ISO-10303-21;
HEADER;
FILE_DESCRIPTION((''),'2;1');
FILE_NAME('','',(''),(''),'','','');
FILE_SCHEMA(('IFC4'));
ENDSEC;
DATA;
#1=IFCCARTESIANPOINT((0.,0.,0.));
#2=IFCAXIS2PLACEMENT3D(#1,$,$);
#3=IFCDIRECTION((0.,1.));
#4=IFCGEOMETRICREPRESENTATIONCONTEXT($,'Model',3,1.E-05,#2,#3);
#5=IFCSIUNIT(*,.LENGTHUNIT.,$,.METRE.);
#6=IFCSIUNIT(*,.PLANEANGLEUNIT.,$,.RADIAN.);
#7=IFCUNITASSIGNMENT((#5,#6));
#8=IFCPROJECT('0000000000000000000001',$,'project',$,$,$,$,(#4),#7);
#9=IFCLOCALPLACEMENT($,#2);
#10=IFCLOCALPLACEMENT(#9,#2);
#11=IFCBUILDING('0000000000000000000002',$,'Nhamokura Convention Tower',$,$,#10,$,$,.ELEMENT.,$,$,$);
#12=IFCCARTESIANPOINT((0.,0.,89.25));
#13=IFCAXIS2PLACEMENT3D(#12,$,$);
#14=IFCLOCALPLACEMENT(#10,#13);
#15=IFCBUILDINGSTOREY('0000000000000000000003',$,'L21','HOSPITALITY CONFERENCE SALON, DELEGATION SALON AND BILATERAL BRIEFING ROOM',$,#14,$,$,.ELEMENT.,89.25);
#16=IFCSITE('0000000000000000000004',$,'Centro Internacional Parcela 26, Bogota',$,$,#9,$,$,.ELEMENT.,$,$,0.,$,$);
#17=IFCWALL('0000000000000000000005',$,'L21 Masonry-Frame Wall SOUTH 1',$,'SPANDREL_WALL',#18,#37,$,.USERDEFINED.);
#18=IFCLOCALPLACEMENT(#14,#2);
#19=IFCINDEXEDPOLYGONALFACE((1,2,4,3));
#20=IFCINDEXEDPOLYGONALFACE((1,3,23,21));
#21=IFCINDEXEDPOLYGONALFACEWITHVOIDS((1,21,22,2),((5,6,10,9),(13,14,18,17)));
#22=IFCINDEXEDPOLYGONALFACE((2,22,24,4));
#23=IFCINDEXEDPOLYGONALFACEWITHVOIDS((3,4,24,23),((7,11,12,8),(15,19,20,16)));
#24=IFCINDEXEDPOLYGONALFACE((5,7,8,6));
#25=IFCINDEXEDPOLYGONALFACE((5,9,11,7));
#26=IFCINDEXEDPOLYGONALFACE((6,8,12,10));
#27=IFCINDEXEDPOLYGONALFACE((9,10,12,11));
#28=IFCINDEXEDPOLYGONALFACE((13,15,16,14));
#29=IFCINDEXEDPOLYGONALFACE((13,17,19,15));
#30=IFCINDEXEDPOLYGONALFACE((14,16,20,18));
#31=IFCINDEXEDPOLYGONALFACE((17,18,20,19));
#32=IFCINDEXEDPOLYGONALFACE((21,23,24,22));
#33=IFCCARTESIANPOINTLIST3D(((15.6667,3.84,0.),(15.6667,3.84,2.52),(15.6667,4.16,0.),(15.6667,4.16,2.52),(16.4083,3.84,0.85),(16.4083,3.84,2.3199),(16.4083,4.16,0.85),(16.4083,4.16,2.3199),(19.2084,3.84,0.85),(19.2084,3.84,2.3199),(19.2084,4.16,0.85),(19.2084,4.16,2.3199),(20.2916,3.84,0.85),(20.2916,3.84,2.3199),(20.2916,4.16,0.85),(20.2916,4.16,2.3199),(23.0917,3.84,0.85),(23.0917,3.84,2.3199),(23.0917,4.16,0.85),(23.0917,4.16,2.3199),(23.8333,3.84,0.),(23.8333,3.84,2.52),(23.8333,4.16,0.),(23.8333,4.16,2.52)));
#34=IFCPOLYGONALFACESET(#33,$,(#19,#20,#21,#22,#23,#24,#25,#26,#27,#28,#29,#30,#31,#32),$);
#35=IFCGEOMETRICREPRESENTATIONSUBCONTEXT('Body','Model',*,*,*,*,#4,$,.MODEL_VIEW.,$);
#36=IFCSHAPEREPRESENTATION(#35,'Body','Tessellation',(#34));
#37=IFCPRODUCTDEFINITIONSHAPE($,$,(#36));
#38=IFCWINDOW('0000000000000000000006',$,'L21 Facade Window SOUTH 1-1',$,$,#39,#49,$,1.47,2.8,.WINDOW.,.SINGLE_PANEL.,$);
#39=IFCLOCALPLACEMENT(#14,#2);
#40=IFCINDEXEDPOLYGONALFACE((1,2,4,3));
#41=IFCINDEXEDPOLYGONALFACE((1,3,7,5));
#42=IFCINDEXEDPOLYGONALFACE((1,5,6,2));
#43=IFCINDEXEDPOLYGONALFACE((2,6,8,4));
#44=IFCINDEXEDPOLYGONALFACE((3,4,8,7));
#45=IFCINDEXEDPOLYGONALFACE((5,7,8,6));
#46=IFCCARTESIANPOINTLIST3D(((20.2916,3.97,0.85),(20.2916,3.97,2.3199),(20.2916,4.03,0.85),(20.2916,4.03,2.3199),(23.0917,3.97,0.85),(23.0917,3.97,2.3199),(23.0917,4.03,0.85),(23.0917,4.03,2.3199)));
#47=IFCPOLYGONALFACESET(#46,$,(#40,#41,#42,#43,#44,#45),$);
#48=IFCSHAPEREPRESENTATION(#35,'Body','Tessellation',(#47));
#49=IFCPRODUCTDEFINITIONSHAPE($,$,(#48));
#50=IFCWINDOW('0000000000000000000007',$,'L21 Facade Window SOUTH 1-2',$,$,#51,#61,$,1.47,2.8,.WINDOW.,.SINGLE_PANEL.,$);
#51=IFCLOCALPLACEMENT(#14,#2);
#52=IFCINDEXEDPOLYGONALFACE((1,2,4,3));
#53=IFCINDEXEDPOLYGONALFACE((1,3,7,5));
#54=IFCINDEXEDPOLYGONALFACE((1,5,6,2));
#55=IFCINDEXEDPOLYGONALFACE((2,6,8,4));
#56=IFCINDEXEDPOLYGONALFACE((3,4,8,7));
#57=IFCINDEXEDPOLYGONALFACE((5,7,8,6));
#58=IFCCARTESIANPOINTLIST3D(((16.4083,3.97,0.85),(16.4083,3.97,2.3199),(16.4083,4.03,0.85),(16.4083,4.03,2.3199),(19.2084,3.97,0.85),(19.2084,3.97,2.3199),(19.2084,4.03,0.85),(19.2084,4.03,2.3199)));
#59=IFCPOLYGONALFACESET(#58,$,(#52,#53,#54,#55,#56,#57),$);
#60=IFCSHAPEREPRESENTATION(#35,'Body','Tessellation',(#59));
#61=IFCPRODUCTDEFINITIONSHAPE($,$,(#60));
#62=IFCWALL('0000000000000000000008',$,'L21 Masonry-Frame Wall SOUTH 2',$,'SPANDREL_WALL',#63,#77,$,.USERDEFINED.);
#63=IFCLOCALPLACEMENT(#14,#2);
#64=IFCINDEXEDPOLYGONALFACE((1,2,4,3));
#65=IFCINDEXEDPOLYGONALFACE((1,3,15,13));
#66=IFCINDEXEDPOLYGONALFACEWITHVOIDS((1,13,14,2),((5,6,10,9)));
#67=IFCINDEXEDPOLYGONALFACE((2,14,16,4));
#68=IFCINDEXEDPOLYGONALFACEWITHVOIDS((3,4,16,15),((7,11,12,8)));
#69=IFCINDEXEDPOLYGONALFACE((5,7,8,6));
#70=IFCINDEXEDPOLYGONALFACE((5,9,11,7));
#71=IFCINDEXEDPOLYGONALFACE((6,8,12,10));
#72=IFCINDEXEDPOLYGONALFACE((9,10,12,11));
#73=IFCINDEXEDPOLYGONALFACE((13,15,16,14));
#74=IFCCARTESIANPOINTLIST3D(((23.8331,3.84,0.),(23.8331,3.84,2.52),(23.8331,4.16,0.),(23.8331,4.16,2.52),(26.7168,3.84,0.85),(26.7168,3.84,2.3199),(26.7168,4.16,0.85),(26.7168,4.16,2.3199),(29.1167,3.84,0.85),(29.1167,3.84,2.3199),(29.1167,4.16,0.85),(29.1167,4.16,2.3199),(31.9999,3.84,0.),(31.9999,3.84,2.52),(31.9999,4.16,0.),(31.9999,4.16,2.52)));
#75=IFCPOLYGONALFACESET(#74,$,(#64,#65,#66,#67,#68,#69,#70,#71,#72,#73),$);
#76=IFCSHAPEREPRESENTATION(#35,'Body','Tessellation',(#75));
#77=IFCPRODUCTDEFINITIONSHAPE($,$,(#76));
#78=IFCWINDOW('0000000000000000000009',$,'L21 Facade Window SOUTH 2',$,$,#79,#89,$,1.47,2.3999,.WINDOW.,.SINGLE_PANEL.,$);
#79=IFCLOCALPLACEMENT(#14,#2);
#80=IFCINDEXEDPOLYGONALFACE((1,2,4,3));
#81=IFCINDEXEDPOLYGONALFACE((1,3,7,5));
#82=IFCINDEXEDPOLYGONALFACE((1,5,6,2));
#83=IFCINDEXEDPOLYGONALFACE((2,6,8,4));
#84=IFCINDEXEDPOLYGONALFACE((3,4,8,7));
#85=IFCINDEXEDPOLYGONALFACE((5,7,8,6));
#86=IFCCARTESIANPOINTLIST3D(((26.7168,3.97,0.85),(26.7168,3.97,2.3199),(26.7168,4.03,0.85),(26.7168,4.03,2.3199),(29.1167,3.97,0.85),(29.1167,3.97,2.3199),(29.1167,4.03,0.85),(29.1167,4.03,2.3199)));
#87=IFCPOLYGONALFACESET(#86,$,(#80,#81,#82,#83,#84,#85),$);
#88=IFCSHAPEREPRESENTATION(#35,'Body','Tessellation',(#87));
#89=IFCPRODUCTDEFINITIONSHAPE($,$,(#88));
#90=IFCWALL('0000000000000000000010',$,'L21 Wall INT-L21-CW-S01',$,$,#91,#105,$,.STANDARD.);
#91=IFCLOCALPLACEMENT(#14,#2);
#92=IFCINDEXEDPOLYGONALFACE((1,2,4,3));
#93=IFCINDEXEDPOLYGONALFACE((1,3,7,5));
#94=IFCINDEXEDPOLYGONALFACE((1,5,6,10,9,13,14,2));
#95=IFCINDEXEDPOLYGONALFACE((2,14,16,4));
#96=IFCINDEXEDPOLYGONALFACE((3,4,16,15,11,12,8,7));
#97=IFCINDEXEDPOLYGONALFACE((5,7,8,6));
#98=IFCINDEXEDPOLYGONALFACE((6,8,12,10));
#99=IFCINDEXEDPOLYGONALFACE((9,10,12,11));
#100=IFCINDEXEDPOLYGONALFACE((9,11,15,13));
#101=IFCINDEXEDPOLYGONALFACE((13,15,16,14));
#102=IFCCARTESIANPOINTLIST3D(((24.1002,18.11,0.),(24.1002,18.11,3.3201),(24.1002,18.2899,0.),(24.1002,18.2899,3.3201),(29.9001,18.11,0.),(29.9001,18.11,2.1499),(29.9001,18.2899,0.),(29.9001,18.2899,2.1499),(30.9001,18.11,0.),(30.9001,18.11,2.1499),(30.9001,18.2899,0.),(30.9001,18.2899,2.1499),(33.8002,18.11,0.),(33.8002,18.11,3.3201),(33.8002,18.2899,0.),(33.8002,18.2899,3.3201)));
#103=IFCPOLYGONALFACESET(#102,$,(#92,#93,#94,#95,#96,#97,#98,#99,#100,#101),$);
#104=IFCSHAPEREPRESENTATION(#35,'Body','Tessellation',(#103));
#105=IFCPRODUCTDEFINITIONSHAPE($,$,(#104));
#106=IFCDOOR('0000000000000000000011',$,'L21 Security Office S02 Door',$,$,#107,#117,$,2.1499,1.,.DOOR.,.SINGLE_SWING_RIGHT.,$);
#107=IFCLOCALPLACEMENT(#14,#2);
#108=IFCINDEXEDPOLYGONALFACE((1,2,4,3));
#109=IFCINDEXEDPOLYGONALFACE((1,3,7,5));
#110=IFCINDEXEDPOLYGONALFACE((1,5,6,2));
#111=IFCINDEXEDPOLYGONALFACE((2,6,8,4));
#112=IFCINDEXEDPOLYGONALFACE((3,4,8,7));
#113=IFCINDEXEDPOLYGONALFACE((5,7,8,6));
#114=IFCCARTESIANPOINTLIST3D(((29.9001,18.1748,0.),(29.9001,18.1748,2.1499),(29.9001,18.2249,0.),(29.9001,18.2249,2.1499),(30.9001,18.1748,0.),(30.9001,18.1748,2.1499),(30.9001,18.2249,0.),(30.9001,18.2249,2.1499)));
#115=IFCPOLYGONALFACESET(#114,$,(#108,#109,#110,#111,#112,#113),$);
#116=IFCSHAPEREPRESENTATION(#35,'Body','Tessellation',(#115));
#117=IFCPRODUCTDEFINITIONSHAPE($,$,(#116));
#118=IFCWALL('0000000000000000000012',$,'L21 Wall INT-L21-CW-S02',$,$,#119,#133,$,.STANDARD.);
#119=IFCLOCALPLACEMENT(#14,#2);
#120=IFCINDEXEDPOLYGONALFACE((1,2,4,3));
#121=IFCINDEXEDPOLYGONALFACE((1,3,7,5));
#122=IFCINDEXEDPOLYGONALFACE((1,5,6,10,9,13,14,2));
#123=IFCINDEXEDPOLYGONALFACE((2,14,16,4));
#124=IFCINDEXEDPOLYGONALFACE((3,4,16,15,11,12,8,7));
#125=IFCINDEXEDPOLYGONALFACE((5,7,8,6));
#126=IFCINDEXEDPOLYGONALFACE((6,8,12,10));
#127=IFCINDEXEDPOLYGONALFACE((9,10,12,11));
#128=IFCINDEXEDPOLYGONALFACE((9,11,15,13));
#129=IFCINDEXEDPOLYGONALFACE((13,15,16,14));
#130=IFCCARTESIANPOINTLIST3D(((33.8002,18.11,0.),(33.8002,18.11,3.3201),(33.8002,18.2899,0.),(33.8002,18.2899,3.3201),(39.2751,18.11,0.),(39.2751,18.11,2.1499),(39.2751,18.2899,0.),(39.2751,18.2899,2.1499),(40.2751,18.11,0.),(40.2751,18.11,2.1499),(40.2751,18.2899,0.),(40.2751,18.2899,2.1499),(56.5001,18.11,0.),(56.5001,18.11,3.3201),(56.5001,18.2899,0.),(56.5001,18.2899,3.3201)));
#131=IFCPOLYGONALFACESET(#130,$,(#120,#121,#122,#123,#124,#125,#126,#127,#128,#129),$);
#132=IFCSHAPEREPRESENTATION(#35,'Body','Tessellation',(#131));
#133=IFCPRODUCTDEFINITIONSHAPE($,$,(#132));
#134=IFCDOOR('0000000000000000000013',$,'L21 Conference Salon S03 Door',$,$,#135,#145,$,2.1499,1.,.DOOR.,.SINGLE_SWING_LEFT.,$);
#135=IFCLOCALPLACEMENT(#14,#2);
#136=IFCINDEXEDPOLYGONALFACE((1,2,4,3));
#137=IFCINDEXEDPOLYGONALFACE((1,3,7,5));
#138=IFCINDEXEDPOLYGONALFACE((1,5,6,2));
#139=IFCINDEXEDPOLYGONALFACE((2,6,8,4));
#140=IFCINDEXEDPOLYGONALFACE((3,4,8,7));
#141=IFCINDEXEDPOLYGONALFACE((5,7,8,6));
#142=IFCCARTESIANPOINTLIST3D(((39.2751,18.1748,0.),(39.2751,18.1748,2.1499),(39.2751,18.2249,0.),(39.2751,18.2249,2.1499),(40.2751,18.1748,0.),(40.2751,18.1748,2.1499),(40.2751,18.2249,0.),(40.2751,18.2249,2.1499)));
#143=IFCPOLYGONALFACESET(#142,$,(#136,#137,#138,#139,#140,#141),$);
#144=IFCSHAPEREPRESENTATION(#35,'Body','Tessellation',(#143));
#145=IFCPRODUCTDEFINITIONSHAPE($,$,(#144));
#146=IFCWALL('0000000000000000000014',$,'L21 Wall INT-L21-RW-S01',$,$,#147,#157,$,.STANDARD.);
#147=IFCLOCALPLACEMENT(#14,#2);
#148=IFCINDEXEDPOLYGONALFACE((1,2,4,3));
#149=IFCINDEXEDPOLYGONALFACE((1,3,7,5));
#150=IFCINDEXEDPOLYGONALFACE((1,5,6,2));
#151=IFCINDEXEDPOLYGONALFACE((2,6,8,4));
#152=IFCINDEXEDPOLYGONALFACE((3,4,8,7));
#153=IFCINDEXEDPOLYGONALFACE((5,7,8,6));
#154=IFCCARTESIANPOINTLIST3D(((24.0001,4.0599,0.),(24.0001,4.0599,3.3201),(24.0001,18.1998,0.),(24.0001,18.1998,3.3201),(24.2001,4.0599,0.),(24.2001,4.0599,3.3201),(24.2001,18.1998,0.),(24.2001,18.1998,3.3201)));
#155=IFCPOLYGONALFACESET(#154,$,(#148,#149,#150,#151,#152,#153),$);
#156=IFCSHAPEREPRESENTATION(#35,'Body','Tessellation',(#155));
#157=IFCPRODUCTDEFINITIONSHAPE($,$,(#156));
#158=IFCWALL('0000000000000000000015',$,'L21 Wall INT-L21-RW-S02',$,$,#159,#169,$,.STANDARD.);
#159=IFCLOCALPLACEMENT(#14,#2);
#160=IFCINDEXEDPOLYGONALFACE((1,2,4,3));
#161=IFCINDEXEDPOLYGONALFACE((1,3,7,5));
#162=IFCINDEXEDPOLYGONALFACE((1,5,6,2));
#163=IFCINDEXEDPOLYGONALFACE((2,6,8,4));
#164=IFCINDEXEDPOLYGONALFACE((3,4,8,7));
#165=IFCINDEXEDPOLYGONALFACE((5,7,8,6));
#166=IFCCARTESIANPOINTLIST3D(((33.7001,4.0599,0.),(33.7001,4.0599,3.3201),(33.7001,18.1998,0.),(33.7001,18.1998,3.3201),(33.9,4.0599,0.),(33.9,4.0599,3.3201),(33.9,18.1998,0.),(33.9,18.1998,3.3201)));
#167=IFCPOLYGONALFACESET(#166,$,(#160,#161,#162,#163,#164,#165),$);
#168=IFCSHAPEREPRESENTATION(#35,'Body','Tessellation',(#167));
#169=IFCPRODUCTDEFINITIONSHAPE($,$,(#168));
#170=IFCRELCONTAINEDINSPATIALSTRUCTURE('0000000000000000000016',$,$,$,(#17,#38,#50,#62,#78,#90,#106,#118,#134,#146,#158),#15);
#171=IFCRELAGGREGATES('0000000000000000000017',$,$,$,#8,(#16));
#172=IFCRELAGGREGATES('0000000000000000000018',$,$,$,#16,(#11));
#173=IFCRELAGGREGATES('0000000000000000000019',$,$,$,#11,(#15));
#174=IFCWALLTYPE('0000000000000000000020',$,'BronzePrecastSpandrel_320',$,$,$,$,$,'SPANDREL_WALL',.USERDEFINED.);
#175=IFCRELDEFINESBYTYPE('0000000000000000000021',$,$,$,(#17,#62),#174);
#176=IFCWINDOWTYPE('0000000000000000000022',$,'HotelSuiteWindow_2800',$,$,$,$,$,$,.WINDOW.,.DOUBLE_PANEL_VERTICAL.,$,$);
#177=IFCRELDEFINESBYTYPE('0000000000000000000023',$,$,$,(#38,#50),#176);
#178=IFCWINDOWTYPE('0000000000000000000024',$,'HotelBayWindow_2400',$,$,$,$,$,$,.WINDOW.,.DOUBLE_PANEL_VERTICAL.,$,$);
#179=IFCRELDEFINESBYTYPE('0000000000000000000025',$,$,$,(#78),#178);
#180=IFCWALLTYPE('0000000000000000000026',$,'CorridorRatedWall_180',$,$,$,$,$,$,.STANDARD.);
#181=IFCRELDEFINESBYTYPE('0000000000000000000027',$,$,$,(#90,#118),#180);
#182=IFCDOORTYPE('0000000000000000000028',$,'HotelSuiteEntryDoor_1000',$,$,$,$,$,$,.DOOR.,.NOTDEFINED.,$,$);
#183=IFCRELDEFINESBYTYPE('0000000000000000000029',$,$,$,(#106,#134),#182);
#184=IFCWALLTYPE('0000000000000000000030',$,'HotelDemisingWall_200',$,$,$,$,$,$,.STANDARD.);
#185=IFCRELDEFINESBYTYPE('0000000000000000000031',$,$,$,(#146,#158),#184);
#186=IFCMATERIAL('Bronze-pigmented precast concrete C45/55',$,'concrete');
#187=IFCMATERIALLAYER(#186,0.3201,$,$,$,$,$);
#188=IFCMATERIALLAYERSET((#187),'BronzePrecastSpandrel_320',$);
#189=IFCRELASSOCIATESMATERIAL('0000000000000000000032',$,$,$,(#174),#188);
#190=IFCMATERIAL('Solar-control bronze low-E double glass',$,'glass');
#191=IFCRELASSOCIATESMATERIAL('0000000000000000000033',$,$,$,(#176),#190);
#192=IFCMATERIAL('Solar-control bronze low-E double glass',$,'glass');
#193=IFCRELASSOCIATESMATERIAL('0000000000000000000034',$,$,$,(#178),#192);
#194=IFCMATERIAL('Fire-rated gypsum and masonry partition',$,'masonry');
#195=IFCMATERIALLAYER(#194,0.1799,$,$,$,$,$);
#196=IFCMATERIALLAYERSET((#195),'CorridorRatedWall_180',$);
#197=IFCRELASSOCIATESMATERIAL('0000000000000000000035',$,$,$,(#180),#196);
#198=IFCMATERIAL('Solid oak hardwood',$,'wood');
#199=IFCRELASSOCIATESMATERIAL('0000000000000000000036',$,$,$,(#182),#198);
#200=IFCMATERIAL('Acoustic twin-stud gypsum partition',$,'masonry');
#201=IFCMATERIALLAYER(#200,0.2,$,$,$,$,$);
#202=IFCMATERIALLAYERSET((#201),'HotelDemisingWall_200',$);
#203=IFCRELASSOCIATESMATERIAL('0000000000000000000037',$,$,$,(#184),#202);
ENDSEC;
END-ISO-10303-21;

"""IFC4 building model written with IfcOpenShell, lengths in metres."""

from ifc_helpers import new_model, si_unit, direction, frame, frame_2d, origin, place, context, subcontext, project, spatial, rectangle, extrude, material, layer, layer_set, type_object, element, fill, save


model = new_model("IFC4")

# Units and contexts
model_context = context("Model", 3, precision=1e-05, world=origin(), true_north=direction((0.0, 1.0)))
body_context = subcontext(model_context, "Body", "Model", "MODEL_VIEW")
ifc_project = project(units=[si_unit("LENGTHUNIT", "METRE"), si_unit("PLANEANGLEUNIT", "RADIAN")], contexts=[model_context])

# Site, building, storey
site_placement = place(None, origin())
site = spatial("IfcSite", under=ifc_project, at=site_placement, Name="Centro Internacional Parcela 26, Bogota", CompositionType="ELEMENT", RefElevation=0.0)
building_placement = place(site_placement, origin())
building = spatial("IfcBuilding", under=site, at=building_placement, Name="Nhamokura Convention Tower", CompositionType="ELEMENT")
storey_placement = place(building_placement, frame((0.0, 0.0, 89.25)))
storey = spatial("IfcBuildingStorey", under=building, at=storey_placement, Name="L21", Description="HOSPITALITY CONFERENCE SALON, DELEGATION SALON AND BILATERAL BRIEFING ROOM", CompositionType="ELEMENT", Elevation=89.25)

# Wall, openings, windows
ifc_material_1 = material(Name="Bronze-pigmented precast concrete C45/55", Category="concrete")
ifc_layer_1 = layer(ifc_material_1, 0.3201)
ifc_layer_set_1 = layer_set([ifc_layer_1], Name="BronzePrecastSpandrel_320")
wall_type_1 = type_object("IfcWallType", Name="BronzePrecastSpandrel_320", ElementType="SPANDREL_WALL", PredefinedType="USERDEFINED", material=ifc_layer_set_1)
wall_1_placement = place(storey_placement, frame((23.8333, 4.0, 0.0), z_axis=(0.0, 0.0, 1.0), x_axis=(-1.0, 0.0, 0.0)))
wall_1 = element("IfcWall", 1, at=wall_1_placement, inside=storey, type_object=wall_type_1, Name="L21 Masonry-Frame Wall SOUTH 1", ObjectType="SPANDREL_WALL", PredefinedType="USERDEFINED", context=body_context, shape_type="SweptSolid", body=[
    extrude(rectangle(XDim=8.1665, YDim=0.3201, at=frame_2d((4.0833, 0.0))), origin(), (0.0, 0.0, 1.0), 2.52),
])
opening_1_placement = place(wall_1_placement, frame((0.7417, 0.0, 0.8501)))
opening_1 = element("IfcOpeningElement", 2, at=opening_1_placement, cuts=wall_1, PredefinedType="OPENING", context=body_context, shape_type="SweptSolid", body=[
    extrude(rectangle(XDim=2.8, YDim=1.47, at=frame_2d((1.3999, 0.7349))), frame((0.0, 0.1699, 0.0), z_axis=(0.0, -1.0, 0.0), x_axis=(1.0, 0.0, 0.0)), (0.0, 0.0, 1.0), 0.3401),
])
opening_2_placement = place(wall_1_placement, frame((4.625, 0.0, 0.8501)))
opening_2 = element("IfcOpeningElement", 3, at=opening_2_placement, cuts=wall_1, PredefinedType="OPENING", context=body_context, shape_type="SweptSolid", body=[
    extrude(rectangle(XDim=2.8, YDim=1.47, at=frame_2d((1.3999, 0.7349))), frame((0.0, 0.1699, 0.0), z_axis=(0.0, -1.0, 0.0), x_axis=(1.0, 0.0, 0.0)), (0.0, 0.0, 1.0), 0.3401),
])
ifc_material_2 = material(Name="Solar-control bronze low-E double glass", Category="glass")
window_type_1 = type_object("IfcWindowType", Name="HotelSuiteWindow_2800", PartitioningType="DOUBLE_PANEL_VERTICAL", PredefinedType="WINDOW", material=ifc_material_2)
window_1_placement = place(opening_1_placement, origin())
window_1 = element("IfcWindow", 4, at=window_1_placement, inside=storey, type_object=window_type_1, Name="L21 Facade Window SOUTH 1-1", OverallHeight=1.47, OverallWidth=2.8, PartitioningType="SINGLE_PANEL", PredefinedType="WINDOW", context=body_context, shape_type="SweptSolid", body=[
    extrude(rectangle(XDim=2.8, YDim=1.47, at=frame_2d((1.3999, 0.7349))), frame((0.0, 0.03, 0.0), z_axis=(0.0, -1.0, 0.0), x_axis=(1.0, 0.0, 0.0)), (0.0, 0.0, 1.0), 0.0601),
])
fill(opening_1, window_1)
window_2_placement = place(opening_2_placement, origin())
window_2 = element("IfcWindow", 5, at=window_2_placement, inside=storey, type_object=window_type_1, Name="L21 Facade Window SOUTH 1-2", OverallHeight=1.47, OverallWidth=2.8, PartitioningType="SINGLE_PANEL", PredefinedType="WINDOW", context=body_context, shape_type="SweptSolid", body=[
    extrude(rectangle(XDim=2.8, YDim=1.47, at=frame_2d((1.3999, 0.7349))), frame((0.0, 0.03, 0.0), z_axis=(0.0, -1.0, 0.0), x_axis=(1.0, 0.0, 0.0)), (0.0, 0.0, 1.0), 0.0601),
])
fill(opening_2, window_2)

# Wall, opening, window
wall_2_placement = place(storey_placement, frame((32.0, 4.0, 0.0), z_axis=(0.0, 0.0, 1.0), x_axis=(-1.0, 0.0, 0.0)))
wall_2 = element("IfcWall", 6, at=wall_2_placement, inside=storey, type_object=wall_type_1, Name="L21 Masonry-Frame Wall SOUTH 2", ObjectType="SPANDREL_WALL", PredefinedType="USERDEFINED", context=body_context, shape_type="SweptSolid", body=[
    extrude(rectangle(XDim=8.1667, YDim=0.3201, at=frame_2d((4.0835, 0.0))), origin(), (0.0, 0.0, 1.0), 2.52),
])
opening_3_placement = place(wall_2_placement, frame((2.8833, 0.0, 0.8501)))
opening_3 = element("IfcOpeningElement", 7, at=opening_3_placement, cuts=wall_2, PredefinedType="OPENING", context=body_context, shape_type="SweptSolid", body=[
    extrude(rectangle(XDim=2.3999, YDim=1.47, at=frame_2d((1.2, 0.7349))), frame((0.0, 0.1699, 0.0), z_axis=(0.0, -1.0, 0.0), x_axis=(1.0, 0.0, 0.0)), (0.0, 0.0, 1.0), 0.3401),
])
ifc_material_3 = material(Name="Solar-control bronze low-E double glass", Category="glass")
window_type_2 = type_object("IfcWindowType", Name="HotelBayWindow_2400", PartitioningType="DOUBLE_PANEL_VERTICAL", PredefinedType="WINDOW", material=ifc_material_3)
window_3_placement = place(opening_3_placement, origin())
window_3 = element("IfcWindow", 8, at=window_3_placement, inside=storey, type_object=window_type_2, Name="L21 Facade Window SOUTH 2", OverallHeight=1.47, OverallWidth=2.3999, PartitioningType="SINGLE_PANEL", PredefinedType="WINDOW", context=body_context, shape_type="SweptSolid", body=[
    extrude(rectangle(XDim=2.3999, YDim=1.47, at=frame_2d((1.2, 0.7349))), frame((0.0, 0.03, 0.0), z_axis=(0.0, -1.0, 0.0), x_axis=(1.0, 0.0, 0.0)), (0.0, 0.0, 1.0), 0.0601),
])
fill(opening_3, window_3)

# Walls, openings, doors
ifc_material_4 = material(Name="Fire-rated gypsum and masonry partition", Category="masonry")
ifc_layer_2 = layer(ifc_material_4, 0.1799)
ifc_layer_set_2 = layer_set([ifc_layer_2], Name="CorridorRatedWall_180")
wall_type_2 = type_object("IfcWallType", Name="CorridorRatedWall_180", PredefinedType="STANDARD", material=ifc_layer_set_2)
wall_3_placement = place(storey_placement, frame((24.1001, 18.2, 0.0), z_axis=(0.0, 0.0, 1.0), x_axis=(1.0, 0.0, 0.0)))
wall_3 = element("IfcWall", 9, at=wall_3_placement, inside=storey, type_object=wall_type_2, Name="L21 Wall INT-L21-CW-S01", PredefinedType="STANDARD", context=body_context, shape_type="SweptSolid", body=[
    extrude(rectangle(XDim=9.7, YDim=0.1799, at=frame_2d((4.8501, 0.0))), origin(), (0.0, 0.0, 1.0), 3.3201),
])
opening_4_placement = place(wall_3_placement, frame((5.8, 0.0, 0.0)))
opening_4 = element("IfcOpeningElement", 10, at=opening_4_placement, cuts=wall_3, PredefinedType="OPENING", context=body_context, shape_type="SweptSolid", body=[
    extrude(rectangle(XDim=1.0, YDim=2.1499, at=frame_2d((0.5, 1.075))), frame((0.0, 0.0999, 0.0), z_axis=(0.0, -1.0, 0.0), x_axis=(1.0, 0.0, 0.0)), (0.0, 0.0, 1.0), 0.2),
])
ifc_material_5 = material(Name="Solid oak hardwood", Category="wood")
door_type_1 = type_object("IfcDoorType", Name="HotelSuiteEntryDoor_1000", OperationType="NOTDEFINED", PredefinedType="DOOR", material=ifc_material_5)
door_1_placement = place(opening_4_placement, origin())
door_1 = element("IfcDoor", 11, at=door_1_placement, inside=storey, type_object=door_type_1, Name="L21 Security Office S02 Door", OperationType="SINGLE_SWING_RIGHT", OverallHeight=2.1499, OverallWidth=1.0, PredefinedType="DOOR", context=body_context, shape_type="SweptSolid", body=[
    extrude(rectangle(XDim=1.0, YDim=2.1499, at=frame_2d((0.5, 1.075))), frame((0.0, 0.0249, 0.0), z_axis=(0.0, -1.0, 0.0), x_axis=(1.0, 0.0, 0.0)), (0.0, 0.0, 1.0), 0.05),
])
fill(opening_4, door_1)
wall_4_placement = place(storey_placement, frame((33.8, 18.2, 0.0), z_axis=(0.0, 0.0, 1.0), x_axis=(1.0, 0.0, 0.0)))
wall_4 = element("IfcWall", 12, at=wall_4_placement, inside=storey, type_object=wall_type_2, Name="L21 Wall INT-L21-CW-S02", PredefinedType="STANDARD", context=body_context, shape_type="SweptSolid", body=[
    extrude(rectangle(XDim=22.7, YDim=0.1799, at=frame_2d((11.3501, 0.0))), origin(), (0.0, 0.0, 1.0), 3.3201),
])
opening_5_placement = place(wall_4_placement, frame((5.4751, 0.0, 0.0)))
opening_5 = element("IfcOpeningElement", 13, at=opening_5_placement, cuts=wall_4, PredefinedType="OPENING", context=body_context, shape_type="SweptSolid", body=[
    extrude(rectangle(XDim=1.0, YDim=2.1499, at=frame_2d((0.5, 1.075))), frame((0.0, 0.0999, 0.0), z_axis=(0.0, -1.0, 0.0), x_axis=(1.0, 0.0, 0.0)), (0.0, 0.0, 1.0), 0.2),
])
door_2_placement = place(opening_5_placement, origin())
door_2 = element("IfcDoor", 14, at=door_2_placement, inside=storey, type_object=door_type_1, Name="L21 Conference Salon S03 Door", OperationType="SINGLE_SWING_LEFT", OverallHeight=2.1499, OverallWidth=1.0, PredefinedType="DOOR", context=body_context, shape_type="SweptSolid", body=[
    extrude(rectangle(XDim=1.0, YDim=2.1499, at=frame_2d((0.5, 1.075))), frame((0.0, 0.0249, 0.0), z_axis=(0.0, -1.0, 0.0), x_axis=(1.0, 0.0, 0.0)), (0.0, 0.0, 1.0), 0.05),
])
fill(opening_5, door_2)

# Walls
ifc_material_6 = material(Name="Acoustic twin-stud gypsum partition", Category="masonry")
ifc_layer_3 = layer(ifc_material_6, 0.2)
ifc_layer_set_3 = layer_set([ifc_layer_3], Name="HotelDemisingWall_200")
wall_type_3 = type_object("IfcWallType", Name="HotelDemisingWall_200", PredefinedType="STANDARD", material=ifc_layer_set_3)
for number, where, z_axis, x_axis, name in (
    (15, (24.1001, 4.0601, 0.0), (0.0, 0.0, 1.0), (0.0, 1.0, 0.0), "L21 Wall INT-L21-RW-S01"),
    (16, (33.8, 4.0601, 0.0), (0.0, 0.0, 1.0), (0.0, 1.0, 0.0), "L21 Wall INT-L21-RW-S02"),
):
    element("IfcWall", number, at=place(storey_placement, frame(where, z_axis=z_axis, x_axis=x_axis)), inside=storey, type_object=wall_type_3, Name=name, PredefinedType="STANDARD", context=body_context, shape_type="SweptSolid", body=[
        extrude(rectangle(XDim=14.1399, YDim=0.2, at=frame_2d((7.0698, 0.0))), origin(), (0.0, 0.0, 1.0), 3.3201),
    ])

save(model, "model.ifc")
